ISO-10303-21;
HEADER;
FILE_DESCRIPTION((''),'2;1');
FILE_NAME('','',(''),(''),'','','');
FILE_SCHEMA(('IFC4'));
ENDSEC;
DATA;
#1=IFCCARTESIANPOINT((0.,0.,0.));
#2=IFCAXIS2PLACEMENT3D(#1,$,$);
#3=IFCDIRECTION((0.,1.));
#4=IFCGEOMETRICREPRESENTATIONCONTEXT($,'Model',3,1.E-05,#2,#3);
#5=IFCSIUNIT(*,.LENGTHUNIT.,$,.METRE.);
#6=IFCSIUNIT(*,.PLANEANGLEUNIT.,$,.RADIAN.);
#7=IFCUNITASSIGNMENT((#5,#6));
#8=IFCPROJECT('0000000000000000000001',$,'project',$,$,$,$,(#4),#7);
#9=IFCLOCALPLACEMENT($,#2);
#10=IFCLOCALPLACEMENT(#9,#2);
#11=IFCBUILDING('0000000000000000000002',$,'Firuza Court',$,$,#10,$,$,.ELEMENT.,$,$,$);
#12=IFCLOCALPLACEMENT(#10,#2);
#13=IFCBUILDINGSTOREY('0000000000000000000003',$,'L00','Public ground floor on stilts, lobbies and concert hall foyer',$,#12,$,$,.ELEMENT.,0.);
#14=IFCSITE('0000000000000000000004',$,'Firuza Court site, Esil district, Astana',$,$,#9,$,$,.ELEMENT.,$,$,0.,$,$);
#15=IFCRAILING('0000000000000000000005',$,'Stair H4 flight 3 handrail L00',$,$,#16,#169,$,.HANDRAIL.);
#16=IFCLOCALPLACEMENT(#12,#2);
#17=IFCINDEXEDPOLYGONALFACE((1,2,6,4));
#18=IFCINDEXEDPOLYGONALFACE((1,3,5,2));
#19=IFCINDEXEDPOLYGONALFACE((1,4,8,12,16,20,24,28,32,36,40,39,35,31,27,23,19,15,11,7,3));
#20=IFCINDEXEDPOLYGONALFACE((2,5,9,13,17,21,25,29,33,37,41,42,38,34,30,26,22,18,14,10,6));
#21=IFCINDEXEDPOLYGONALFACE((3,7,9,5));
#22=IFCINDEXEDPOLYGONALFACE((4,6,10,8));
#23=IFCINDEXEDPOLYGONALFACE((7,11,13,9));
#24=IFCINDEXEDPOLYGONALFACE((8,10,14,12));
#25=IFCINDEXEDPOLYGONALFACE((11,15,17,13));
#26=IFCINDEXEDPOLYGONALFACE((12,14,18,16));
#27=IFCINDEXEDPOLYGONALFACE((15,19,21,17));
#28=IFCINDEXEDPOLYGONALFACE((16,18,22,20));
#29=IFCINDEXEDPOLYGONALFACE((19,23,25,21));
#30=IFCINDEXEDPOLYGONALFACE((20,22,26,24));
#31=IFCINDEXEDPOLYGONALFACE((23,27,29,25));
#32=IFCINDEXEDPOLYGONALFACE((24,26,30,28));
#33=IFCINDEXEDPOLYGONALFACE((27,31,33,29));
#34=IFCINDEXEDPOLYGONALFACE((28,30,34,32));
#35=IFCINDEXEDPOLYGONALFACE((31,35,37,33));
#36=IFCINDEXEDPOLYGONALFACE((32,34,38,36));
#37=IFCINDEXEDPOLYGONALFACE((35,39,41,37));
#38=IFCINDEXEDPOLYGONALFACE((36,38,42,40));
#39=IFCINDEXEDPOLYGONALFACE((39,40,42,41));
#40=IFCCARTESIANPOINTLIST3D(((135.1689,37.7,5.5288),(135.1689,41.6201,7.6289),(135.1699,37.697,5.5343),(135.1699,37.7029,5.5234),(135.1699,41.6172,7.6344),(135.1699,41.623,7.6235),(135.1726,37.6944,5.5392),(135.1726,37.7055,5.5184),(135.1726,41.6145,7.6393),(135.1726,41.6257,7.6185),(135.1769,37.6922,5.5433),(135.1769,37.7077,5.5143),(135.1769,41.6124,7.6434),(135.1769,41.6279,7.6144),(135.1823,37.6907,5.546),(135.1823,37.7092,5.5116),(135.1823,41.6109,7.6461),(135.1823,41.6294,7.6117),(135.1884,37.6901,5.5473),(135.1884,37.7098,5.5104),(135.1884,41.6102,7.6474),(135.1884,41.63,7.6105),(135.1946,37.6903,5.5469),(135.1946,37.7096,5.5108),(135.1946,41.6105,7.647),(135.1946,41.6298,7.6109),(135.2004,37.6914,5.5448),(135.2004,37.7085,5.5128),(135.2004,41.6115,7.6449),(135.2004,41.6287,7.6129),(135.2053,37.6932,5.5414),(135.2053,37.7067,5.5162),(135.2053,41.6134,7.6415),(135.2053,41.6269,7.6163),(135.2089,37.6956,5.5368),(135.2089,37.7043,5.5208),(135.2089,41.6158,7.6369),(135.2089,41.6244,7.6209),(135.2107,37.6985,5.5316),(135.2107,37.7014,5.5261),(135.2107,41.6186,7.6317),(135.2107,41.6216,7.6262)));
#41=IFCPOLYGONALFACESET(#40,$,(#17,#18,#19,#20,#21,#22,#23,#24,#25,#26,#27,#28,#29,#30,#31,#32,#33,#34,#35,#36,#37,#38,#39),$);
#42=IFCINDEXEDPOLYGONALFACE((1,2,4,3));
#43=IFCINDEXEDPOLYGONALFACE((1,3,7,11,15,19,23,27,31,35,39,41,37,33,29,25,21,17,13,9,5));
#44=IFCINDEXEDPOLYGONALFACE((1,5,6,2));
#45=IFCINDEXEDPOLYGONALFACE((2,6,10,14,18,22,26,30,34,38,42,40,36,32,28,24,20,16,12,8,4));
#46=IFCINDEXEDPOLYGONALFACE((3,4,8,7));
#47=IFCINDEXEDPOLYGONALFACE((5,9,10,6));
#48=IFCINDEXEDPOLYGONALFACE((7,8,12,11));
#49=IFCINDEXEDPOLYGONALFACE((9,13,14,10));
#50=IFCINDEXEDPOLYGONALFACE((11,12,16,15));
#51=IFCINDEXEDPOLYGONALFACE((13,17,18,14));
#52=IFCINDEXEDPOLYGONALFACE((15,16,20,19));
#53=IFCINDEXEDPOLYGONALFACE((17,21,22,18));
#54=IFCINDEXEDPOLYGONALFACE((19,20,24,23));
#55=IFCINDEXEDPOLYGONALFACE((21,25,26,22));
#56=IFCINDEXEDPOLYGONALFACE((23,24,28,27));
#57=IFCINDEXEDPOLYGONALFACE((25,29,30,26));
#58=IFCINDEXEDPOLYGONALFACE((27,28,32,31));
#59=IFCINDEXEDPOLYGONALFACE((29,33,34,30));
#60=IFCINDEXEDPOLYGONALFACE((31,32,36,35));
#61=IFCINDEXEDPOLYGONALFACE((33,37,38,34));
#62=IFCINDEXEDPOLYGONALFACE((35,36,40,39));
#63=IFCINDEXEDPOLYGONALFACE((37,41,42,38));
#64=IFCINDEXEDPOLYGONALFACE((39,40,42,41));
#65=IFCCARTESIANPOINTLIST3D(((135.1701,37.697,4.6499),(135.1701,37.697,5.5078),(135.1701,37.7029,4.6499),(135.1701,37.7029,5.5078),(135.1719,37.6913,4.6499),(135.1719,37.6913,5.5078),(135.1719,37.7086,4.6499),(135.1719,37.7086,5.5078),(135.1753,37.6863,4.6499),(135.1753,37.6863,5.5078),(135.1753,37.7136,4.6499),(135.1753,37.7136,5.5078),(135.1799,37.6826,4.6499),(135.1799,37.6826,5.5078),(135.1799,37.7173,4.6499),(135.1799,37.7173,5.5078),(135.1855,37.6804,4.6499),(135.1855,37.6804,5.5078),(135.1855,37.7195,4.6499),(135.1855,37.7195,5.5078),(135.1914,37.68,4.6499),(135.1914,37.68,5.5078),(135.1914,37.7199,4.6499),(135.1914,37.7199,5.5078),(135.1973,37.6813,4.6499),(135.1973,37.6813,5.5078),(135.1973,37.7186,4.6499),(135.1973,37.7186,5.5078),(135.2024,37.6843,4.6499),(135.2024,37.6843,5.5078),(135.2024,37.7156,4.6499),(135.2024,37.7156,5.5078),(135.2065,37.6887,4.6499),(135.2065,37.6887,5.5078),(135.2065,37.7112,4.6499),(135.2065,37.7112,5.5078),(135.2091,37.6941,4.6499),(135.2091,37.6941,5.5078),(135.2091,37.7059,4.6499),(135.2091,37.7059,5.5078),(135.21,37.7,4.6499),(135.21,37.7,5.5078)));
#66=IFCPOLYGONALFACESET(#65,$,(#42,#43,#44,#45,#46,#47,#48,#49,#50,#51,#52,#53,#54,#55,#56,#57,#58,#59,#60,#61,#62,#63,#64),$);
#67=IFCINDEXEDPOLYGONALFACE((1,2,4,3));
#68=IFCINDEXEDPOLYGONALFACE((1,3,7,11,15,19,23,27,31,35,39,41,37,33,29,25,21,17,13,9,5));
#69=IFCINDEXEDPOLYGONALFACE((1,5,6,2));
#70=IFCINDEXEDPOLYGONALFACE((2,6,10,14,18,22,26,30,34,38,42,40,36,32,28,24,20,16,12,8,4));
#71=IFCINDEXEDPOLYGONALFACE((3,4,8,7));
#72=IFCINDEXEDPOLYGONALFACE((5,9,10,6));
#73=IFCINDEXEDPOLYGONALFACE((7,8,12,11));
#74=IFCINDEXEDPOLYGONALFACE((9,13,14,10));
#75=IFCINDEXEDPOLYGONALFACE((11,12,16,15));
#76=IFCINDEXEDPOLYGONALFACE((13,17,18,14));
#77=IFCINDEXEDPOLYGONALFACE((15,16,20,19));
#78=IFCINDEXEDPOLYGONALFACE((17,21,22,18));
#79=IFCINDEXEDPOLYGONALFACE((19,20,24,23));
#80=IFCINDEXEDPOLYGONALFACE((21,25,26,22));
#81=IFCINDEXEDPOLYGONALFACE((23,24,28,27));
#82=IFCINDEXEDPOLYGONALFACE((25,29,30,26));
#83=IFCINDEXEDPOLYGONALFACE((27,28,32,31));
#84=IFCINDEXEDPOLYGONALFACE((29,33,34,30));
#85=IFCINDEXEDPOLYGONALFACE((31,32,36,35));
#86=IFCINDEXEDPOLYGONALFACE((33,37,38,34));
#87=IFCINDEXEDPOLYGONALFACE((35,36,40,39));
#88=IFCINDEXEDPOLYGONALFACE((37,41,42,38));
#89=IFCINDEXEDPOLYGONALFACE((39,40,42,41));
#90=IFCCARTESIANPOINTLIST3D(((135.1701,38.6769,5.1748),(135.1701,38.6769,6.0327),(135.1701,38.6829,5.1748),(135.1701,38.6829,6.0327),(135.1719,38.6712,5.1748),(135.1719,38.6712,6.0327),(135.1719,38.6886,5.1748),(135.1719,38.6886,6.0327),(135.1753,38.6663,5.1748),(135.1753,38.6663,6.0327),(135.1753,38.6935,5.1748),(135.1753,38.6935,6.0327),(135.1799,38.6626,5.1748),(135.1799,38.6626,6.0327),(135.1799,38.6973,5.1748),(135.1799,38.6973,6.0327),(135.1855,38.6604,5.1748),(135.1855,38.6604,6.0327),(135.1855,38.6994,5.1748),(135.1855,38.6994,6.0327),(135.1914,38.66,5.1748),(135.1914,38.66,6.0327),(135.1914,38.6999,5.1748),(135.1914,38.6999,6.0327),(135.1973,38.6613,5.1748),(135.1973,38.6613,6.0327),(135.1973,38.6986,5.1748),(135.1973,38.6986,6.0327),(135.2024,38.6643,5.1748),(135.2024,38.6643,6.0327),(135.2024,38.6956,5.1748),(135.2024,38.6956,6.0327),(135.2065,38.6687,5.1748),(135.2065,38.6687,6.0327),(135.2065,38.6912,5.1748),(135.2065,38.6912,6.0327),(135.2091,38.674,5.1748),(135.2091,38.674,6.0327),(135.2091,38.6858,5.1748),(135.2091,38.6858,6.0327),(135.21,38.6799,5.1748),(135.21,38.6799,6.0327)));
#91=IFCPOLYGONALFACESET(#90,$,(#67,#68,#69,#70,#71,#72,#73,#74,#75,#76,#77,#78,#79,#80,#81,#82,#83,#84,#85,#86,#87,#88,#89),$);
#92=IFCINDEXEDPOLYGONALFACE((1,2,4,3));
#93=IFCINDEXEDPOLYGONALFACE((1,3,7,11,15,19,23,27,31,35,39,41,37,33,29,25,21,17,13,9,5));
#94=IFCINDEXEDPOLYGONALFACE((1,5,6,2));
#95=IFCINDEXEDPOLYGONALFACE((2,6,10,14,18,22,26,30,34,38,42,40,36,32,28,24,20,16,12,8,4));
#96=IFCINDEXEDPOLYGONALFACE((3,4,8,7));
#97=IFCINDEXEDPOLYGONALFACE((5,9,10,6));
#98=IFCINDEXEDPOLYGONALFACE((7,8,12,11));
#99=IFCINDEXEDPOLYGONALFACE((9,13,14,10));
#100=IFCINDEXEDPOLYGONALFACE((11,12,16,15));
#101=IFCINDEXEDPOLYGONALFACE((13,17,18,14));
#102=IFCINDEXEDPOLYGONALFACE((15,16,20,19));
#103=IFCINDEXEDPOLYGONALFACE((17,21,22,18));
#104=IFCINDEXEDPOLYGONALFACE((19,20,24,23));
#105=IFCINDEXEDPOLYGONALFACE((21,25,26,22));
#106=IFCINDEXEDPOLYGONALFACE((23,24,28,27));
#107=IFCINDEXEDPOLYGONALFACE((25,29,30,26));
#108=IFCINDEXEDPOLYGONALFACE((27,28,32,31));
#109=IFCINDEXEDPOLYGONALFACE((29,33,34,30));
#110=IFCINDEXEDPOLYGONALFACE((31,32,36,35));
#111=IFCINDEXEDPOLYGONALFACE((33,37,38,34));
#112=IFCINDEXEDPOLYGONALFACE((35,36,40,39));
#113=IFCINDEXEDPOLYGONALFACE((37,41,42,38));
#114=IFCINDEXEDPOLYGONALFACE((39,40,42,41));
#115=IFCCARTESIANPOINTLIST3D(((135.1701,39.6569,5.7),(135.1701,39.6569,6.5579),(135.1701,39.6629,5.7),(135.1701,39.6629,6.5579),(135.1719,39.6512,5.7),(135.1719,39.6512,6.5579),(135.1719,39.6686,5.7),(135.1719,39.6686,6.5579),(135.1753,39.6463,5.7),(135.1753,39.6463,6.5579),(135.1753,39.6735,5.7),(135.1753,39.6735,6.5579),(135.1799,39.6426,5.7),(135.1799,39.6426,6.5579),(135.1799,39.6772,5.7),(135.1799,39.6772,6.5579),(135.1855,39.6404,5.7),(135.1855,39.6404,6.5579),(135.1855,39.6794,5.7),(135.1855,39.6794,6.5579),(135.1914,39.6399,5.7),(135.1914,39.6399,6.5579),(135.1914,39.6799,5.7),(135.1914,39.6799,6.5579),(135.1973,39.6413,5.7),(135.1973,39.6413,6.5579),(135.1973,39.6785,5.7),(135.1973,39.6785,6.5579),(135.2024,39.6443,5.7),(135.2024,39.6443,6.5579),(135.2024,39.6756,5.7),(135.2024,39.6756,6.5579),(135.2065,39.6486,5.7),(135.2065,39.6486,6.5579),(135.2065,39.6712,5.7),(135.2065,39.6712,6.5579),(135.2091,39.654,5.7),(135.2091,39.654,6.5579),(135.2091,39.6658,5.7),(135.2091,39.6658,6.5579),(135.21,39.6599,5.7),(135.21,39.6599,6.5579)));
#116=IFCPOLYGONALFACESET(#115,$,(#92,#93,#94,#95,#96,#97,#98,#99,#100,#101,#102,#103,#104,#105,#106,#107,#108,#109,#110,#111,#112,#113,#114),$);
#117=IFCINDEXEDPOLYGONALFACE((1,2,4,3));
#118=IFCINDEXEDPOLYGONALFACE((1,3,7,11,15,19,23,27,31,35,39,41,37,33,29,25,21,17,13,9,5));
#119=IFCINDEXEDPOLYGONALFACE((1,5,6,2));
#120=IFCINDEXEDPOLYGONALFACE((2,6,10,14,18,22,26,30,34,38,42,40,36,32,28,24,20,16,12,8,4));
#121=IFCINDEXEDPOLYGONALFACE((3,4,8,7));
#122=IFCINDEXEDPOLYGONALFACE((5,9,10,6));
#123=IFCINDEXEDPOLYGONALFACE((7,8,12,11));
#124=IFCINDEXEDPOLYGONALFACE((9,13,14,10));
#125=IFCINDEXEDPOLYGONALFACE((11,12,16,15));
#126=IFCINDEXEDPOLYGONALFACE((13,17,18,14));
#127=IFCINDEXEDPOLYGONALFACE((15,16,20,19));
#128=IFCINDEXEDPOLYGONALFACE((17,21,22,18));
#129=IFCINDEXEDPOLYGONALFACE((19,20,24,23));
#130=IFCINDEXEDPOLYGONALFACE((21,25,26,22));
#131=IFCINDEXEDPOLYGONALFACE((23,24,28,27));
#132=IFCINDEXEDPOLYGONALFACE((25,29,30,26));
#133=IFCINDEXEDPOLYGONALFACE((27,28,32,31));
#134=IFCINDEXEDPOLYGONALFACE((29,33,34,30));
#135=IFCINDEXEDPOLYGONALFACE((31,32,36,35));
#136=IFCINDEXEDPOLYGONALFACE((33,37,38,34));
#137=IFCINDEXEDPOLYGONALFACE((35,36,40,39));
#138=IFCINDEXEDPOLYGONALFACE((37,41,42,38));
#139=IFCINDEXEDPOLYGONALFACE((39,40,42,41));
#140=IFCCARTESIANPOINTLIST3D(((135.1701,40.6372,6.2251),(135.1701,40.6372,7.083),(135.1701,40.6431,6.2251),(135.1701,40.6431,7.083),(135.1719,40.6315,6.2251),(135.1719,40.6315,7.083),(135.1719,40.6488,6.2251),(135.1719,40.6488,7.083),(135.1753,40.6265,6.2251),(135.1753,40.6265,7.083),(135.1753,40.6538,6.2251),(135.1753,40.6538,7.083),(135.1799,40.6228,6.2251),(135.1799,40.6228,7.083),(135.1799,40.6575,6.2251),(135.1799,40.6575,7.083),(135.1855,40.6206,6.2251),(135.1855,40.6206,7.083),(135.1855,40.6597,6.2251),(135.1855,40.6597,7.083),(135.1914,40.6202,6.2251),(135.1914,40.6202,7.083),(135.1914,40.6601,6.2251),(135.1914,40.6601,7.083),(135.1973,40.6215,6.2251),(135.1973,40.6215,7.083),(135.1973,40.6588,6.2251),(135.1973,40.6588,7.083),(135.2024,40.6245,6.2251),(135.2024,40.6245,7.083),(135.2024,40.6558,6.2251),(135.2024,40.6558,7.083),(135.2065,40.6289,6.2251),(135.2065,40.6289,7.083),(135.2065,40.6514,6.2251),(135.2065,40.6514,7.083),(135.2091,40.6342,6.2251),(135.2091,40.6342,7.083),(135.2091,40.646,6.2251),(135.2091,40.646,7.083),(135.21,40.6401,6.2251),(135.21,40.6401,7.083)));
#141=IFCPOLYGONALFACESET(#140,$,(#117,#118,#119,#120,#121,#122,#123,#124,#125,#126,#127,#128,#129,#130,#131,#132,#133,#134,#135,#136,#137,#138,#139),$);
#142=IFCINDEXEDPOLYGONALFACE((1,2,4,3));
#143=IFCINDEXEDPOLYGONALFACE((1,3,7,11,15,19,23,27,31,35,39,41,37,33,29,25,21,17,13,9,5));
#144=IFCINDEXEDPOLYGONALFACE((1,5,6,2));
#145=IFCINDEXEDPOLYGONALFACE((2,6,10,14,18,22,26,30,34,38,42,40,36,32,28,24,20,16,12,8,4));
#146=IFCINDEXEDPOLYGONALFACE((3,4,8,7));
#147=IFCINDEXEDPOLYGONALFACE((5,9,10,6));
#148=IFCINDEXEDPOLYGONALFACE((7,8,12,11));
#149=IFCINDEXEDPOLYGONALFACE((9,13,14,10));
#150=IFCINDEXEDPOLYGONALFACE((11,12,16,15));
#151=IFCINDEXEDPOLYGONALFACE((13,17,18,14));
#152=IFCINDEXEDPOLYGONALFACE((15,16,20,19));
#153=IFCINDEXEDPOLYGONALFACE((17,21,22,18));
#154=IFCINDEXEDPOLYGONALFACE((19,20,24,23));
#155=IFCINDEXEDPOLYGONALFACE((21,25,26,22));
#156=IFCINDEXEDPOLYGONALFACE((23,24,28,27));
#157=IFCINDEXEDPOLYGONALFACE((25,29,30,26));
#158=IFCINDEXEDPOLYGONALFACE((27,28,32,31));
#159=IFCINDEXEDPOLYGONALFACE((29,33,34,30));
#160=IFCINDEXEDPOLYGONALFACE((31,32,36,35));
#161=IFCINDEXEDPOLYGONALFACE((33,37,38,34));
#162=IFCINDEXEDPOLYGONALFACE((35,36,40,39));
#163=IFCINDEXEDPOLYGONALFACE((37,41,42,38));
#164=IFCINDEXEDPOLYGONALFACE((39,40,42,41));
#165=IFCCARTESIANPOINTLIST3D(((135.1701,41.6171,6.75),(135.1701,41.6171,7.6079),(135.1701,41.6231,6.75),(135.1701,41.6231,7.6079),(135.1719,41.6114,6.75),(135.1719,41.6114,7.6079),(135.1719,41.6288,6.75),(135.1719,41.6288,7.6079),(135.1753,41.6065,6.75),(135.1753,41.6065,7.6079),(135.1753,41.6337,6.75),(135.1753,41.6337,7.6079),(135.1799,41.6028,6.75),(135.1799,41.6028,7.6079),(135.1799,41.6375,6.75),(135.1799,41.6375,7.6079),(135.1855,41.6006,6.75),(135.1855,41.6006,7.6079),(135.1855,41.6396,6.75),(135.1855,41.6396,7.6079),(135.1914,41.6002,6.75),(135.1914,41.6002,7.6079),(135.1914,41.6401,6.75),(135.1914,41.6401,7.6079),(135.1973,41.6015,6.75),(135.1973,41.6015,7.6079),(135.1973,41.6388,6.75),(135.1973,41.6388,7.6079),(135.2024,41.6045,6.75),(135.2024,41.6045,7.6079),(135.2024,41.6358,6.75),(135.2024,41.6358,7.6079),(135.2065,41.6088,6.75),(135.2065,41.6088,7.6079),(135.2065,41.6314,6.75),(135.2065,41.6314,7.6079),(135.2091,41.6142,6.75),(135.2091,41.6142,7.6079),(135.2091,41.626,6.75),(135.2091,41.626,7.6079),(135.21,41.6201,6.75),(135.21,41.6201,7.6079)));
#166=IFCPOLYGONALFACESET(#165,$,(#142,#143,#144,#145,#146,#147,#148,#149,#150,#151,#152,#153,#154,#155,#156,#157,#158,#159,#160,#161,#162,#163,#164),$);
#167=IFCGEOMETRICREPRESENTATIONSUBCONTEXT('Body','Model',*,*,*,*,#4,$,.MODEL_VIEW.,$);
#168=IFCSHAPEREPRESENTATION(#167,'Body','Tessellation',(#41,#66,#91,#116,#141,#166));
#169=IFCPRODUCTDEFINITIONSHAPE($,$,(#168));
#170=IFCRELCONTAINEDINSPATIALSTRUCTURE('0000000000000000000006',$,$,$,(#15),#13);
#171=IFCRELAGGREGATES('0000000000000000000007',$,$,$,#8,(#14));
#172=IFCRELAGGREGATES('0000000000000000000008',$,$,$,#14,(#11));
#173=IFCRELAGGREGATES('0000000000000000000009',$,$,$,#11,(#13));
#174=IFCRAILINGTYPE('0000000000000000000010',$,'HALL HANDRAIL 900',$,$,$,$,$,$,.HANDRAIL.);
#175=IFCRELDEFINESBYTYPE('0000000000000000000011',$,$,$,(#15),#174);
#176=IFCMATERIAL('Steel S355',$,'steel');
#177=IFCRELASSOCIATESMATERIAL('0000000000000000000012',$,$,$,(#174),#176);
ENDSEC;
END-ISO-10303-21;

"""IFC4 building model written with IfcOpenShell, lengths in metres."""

from ifc_helpers import new_model, si_unit, direction, frame, origin, origin_2d, place, context, subcontext, project, spatial, circle, extrude, material, type_object, element, save


model = new_model("IFC4")

# Units and contexts
model_context = context("Model", 3, precision=1e-05, world=origin(), true_north=direction((0.0, 1.0)))
body_context = subcontext(model_context, "Body", "Model", "MODEL_VIEW")
ifc_project = project(units=[si_unit("LENGTHUNIT", "METRE"), si_unit("PLANEANGLEUNIT", "RADIAN")], contexts=[model_context])

# Site, building, storey
site_placement = place(None, origin())
site = spatial("IfcSite", under=ifc_project, at=site_placement, Name="Firuza Court site, Esil district, Astana", CompositionType="ELEMENT", RefElevation=0.0)
building_placement = place(site_placement, origin())
building = spatial("IfcBuilding", under=site, at=building_placement, Name="Firuza Court", CompositionType="ELEMENT")
storey_placement = place(building_placement, origin())
storey = spatial("IfcBuildingStorey", under=building, at=storey_placement, Name="L00", Description="Public ground floor on stilts, lobbies and concert hall foyer", CompositionType="ELEMENT", Elevation=0.0)

# Railing
ifc_material_1 = material(Name="Steel S355", Category="steel")
railing_type_1 = type_object("IfcRailingType", Name="HALL HANDRAIL 900", PredefinedType="HANDRAIL", material=ifc_material_1)
for number, where, name in (
    (1, (135.1899, 37.7, 4.6499), "Stair H4 flight 3 handrail L00"),
):
    element("IfcRailing", number, at=place(storey_placement, frame(where)), inside=storey, type_object=railing_type_1, Name=name, PredefinedType="HANDRAIL", context=body_context, shape_type="SweptSolid", body=[
        extrude(circle(Radius=0.021, at=origin_2d()), frame((0.0, 0.0, 0.8789), z_axis=(0.0, 0.881479, 0.472223), x_axis=(-1.0, 0.0, 0.0)), (0.0, 0.0, 1.0), 4.4473),
        extrude(circle(Radius=0.02, at=origin_2d()), origin(), (0.0, 0.0, 1.0), 0.8579),
        extrude(circle(Radius=0.02, at=origin_2d()), frame((0.0, 0.98, 0.5249)), (0.0, 0.0, 1.0), 0.8579),
        extrude(circle(Radius=0.02, at=origin_2d()), frame((0.0, 1.96, 1.05)), (0.0, 0.0, 1.0), 0.8579),
        extrude(circle(Radius=0.02, at=origin_2d()), frame((0.0, 2.9402, 1.5752)), (0.0, 0.0, 1.0), 0.8579),
        extrude(circle(Radius=0.02, at=origin_2d()), frame((0.0, 3.9202, 2.1001)), (0.0, 0.0, 1.0), 0.8579),
    ])

save(model, "model.ifc")
